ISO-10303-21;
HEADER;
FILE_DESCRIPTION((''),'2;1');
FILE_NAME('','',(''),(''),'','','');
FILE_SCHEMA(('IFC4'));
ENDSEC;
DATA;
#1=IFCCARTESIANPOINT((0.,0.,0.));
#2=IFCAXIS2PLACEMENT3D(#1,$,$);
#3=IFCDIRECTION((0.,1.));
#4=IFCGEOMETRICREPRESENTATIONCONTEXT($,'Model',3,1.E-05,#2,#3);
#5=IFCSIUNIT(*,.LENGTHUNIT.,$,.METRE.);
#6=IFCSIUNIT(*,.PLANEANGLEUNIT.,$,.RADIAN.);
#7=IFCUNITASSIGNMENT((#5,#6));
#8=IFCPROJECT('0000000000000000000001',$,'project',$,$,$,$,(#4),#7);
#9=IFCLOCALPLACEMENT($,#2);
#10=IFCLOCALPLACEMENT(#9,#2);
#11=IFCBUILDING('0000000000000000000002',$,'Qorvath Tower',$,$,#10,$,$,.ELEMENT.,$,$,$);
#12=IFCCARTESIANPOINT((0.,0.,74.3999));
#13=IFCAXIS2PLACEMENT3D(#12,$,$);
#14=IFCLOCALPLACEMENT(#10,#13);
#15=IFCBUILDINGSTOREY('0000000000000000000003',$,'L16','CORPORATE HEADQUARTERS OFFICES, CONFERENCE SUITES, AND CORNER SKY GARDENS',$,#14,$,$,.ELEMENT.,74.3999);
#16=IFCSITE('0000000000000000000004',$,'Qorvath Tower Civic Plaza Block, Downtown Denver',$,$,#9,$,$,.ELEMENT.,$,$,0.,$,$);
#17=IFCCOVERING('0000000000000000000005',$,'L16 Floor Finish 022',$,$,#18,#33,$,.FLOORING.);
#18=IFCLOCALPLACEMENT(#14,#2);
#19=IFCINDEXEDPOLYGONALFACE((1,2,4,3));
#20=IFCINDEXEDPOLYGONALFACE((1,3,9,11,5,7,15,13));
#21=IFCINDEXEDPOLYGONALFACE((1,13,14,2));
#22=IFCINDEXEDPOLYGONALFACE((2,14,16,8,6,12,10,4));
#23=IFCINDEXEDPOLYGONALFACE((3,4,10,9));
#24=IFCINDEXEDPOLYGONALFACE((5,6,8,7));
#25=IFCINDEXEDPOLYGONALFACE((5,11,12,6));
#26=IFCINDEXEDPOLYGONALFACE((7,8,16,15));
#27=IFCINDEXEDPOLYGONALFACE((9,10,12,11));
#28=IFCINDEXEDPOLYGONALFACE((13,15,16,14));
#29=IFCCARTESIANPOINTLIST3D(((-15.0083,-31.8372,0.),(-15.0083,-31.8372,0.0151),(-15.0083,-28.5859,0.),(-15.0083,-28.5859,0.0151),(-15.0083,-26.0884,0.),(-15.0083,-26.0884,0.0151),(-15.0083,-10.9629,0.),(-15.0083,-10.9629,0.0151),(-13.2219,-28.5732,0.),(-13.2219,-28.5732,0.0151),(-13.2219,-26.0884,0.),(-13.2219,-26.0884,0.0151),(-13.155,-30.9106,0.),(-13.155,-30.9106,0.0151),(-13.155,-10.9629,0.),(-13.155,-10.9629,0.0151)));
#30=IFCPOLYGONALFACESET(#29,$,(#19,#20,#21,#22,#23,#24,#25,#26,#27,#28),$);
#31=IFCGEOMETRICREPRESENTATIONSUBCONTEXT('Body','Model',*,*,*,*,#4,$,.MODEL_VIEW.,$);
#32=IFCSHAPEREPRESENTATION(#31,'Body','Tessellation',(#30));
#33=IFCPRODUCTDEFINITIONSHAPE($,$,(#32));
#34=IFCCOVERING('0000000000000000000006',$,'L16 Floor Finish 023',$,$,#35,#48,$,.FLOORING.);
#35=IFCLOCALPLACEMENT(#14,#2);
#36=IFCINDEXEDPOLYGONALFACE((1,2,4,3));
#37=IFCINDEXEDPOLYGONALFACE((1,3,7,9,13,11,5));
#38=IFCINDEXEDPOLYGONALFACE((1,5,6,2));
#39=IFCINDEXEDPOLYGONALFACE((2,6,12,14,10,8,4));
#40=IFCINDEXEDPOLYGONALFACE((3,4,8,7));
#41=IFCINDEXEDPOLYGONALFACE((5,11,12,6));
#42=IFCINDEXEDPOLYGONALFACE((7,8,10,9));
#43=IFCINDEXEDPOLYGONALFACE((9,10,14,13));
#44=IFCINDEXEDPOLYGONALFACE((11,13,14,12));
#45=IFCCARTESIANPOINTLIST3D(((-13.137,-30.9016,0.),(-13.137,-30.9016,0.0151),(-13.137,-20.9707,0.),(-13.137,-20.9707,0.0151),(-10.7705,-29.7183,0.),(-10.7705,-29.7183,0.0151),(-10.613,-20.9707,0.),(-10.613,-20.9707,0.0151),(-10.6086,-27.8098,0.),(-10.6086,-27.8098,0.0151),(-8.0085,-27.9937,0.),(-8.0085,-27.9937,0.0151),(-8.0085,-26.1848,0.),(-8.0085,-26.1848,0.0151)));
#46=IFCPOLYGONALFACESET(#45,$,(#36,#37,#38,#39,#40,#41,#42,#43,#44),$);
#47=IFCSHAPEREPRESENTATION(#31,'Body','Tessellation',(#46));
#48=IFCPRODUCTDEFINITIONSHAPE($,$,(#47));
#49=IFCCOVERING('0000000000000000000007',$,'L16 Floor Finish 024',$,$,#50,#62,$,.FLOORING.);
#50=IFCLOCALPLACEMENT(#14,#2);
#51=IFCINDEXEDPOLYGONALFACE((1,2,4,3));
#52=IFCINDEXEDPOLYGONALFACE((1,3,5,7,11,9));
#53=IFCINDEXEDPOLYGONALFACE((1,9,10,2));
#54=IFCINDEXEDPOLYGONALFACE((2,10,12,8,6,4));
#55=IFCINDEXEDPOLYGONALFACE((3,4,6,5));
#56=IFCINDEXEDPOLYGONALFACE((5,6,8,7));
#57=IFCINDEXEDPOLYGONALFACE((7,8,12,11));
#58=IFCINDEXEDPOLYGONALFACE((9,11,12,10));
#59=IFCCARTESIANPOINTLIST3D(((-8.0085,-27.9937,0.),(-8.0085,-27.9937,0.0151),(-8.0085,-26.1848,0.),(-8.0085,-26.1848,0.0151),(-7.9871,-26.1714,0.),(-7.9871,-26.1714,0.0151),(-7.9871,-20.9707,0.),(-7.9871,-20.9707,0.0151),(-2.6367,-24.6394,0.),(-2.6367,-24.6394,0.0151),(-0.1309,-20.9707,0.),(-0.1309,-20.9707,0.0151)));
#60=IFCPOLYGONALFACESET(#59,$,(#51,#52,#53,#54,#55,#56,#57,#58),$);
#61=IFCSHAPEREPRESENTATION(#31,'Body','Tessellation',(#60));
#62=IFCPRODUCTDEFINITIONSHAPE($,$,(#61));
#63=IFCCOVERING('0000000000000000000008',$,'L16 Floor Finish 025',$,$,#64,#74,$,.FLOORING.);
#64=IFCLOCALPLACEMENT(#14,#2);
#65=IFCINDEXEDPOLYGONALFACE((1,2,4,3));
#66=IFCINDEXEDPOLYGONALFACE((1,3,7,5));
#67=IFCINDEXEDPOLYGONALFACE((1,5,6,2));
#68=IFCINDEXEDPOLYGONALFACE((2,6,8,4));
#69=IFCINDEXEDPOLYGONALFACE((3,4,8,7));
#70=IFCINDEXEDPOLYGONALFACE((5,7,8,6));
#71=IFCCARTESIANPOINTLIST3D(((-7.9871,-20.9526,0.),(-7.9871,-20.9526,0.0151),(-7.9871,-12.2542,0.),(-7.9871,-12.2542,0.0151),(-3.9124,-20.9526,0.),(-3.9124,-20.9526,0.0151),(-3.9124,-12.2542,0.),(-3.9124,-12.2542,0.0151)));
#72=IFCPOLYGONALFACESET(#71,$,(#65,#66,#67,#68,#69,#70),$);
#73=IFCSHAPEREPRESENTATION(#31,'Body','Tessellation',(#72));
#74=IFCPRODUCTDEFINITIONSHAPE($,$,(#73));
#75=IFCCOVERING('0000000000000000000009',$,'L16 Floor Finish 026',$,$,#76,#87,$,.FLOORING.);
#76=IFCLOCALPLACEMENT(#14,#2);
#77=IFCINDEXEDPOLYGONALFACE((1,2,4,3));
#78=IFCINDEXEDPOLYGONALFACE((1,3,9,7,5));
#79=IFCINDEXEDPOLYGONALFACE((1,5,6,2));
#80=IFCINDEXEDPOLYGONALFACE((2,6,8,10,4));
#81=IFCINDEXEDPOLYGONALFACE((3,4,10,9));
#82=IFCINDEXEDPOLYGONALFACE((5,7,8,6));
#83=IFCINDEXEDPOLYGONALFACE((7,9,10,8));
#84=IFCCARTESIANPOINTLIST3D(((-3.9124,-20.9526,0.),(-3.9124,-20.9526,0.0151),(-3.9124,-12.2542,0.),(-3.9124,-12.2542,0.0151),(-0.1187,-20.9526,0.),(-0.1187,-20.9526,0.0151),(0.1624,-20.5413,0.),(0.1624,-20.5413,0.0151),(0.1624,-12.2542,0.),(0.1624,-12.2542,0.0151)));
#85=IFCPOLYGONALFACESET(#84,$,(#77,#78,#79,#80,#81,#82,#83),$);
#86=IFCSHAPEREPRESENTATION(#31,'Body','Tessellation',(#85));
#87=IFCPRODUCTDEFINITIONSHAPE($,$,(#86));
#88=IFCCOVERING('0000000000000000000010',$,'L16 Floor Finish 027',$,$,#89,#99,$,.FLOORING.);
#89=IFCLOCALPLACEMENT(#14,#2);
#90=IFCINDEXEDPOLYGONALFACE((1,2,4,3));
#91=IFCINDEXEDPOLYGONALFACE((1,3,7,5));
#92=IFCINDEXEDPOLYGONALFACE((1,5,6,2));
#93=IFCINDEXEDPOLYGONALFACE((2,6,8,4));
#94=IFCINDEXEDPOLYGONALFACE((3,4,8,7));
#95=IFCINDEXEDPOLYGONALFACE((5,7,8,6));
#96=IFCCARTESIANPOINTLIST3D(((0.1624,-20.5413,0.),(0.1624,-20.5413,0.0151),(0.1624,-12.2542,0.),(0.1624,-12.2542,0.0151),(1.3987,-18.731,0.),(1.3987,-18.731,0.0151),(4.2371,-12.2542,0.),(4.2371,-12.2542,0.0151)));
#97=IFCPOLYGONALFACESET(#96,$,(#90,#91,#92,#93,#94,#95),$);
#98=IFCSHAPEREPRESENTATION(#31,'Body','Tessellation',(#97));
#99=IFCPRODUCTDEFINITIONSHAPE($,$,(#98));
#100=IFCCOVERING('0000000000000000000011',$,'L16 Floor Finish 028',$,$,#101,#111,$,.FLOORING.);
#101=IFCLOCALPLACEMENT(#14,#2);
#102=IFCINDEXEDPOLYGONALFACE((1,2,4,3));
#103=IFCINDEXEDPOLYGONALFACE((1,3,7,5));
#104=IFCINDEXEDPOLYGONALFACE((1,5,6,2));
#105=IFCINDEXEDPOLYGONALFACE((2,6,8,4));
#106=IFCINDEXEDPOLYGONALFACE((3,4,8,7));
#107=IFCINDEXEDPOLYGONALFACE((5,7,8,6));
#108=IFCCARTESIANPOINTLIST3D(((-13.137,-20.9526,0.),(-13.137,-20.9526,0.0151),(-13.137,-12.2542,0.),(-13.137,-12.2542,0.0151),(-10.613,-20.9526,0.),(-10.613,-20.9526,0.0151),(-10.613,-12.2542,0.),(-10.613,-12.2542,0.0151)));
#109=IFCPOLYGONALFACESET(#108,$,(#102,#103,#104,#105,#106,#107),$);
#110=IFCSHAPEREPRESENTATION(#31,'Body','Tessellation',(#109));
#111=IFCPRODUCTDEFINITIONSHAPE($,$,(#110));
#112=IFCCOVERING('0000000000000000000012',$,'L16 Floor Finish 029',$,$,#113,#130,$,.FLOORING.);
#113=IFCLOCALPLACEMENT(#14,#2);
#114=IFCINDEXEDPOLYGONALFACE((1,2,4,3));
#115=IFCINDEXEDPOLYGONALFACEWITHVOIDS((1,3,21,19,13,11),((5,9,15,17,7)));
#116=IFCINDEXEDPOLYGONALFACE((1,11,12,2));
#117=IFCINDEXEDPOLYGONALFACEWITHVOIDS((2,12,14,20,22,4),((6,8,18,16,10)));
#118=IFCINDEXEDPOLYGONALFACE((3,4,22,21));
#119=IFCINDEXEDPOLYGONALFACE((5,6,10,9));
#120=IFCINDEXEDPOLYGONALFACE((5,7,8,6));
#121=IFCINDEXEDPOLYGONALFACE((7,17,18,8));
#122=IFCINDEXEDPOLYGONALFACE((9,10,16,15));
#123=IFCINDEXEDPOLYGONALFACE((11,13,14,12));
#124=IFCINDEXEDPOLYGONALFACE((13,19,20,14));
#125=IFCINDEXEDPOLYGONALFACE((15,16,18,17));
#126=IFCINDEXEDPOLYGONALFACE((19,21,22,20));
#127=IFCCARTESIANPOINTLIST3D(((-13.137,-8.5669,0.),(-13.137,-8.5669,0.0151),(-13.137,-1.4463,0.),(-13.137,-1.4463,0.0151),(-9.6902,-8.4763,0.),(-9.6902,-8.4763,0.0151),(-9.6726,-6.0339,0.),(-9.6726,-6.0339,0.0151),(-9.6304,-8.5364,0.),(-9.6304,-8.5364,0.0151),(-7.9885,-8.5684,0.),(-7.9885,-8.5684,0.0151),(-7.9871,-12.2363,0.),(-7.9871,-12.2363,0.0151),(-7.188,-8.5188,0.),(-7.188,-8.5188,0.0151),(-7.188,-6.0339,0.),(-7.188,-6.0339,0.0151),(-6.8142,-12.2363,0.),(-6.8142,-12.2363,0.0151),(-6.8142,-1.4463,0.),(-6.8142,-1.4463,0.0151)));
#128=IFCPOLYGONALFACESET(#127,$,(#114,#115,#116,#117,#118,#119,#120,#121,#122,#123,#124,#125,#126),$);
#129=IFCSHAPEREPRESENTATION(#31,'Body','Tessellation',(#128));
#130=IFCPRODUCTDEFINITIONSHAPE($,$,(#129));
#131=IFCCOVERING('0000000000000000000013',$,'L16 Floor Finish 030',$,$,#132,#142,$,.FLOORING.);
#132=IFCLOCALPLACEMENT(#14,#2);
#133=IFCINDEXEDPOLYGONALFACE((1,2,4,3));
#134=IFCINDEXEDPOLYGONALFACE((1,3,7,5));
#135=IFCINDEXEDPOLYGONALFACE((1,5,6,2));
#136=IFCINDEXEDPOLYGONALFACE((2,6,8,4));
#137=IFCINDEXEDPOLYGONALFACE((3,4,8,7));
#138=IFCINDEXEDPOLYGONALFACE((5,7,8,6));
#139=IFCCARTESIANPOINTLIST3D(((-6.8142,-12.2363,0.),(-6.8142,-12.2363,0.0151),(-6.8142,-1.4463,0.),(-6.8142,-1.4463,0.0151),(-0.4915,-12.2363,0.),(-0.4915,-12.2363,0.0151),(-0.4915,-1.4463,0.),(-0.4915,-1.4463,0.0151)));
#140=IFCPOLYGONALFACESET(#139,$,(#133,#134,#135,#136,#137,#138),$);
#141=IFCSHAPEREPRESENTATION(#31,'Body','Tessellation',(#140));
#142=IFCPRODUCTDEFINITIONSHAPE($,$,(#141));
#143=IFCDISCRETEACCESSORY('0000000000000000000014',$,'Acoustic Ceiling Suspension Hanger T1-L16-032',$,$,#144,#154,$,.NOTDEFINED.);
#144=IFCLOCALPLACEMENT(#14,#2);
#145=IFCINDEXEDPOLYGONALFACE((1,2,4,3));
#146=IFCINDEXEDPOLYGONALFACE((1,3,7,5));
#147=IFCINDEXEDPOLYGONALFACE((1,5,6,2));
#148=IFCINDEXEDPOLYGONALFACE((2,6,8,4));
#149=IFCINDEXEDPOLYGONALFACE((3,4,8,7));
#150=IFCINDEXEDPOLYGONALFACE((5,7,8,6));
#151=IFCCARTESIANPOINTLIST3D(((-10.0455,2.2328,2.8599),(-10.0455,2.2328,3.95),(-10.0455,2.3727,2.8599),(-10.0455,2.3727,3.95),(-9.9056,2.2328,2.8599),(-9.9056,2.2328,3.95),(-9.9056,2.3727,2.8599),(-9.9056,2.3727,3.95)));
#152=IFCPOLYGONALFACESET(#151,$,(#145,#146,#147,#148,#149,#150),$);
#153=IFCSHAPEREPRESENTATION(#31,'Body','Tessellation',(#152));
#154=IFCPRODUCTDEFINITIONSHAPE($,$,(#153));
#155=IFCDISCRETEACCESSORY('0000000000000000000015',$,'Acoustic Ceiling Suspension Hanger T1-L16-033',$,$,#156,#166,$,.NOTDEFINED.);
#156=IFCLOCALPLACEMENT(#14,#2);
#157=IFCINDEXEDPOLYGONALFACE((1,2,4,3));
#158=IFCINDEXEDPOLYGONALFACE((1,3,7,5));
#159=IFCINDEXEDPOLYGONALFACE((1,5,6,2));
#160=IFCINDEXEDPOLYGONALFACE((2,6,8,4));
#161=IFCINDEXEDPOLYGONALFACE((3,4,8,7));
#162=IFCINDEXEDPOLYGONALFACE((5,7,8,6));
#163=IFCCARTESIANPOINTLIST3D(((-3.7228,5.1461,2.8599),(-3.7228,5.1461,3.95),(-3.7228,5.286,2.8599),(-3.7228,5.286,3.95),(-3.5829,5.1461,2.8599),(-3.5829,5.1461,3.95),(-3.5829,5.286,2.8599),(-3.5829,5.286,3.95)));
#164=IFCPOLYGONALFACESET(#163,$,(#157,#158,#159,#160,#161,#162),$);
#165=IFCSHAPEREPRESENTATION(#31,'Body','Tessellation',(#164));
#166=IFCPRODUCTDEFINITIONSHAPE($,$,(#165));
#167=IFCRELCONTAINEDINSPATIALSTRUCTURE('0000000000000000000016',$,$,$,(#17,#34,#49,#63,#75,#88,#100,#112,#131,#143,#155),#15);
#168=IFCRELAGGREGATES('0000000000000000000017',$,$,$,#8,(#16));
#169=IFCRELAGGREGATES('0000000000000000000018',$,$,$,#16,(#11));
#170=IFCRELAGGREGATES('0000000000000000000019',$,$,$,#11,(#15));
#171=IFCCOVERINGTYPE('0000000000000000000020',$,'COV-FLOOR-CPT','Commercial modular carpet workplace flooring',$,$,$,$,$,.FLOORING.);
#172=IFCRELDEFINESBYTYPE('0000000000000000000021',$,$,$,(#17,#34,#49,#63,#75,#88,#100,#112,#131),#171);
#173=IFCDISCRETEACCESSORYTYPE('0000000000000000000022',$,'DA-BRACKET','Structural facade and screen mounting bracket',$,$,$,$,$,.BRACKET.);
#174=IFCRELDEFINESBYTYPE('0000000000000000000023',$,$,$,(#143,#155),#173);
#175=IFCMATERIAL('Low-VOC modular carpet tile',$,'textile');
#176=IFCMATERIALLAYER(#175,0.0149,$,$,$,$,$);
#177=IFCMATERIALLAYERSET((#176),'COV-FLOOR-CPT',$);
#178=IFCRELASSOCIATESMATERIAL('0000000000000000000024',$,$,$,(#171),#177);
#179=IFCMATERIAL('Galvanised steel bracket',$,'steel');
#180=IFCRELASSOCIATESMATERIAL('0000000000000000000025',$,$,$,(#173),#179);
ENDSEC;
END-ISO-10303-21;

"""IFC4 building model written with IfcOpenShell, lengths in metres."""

from ifc_helpers import new_model, si_unit, direction, frame, origin, origin_2d, place, context, subcontext, project, spatial, polyline, rectangle, outline, extrude, material, layer, layer_set, type_object, element, save


model = new_model("IFC4")

# Units and contexts
model_context = context("Model", 3, precision=1e-05, world=origin(), true_north=direction((0.0, 1.0)))
body_context = subcontext(model_context, "Body", "Model", "MODEL_VIEW")
ifc_project = project(units=[si_unit("LENGTHUNIT", "METRE"), si_unit("PLANEANGLEUNIT", "RADIAN")], contexts=[model_context])

# Site, building, storey
site_placement = place(None, origin())
site = spatial("IfcSite", under=ifc_project, at=site_placement, Name="Qorvath Tower Civic Plaza Block, Downtown Denver", CompositionType="ELEMENT", RefElevation=0.0)
building_placement = place(site_placement, origin())
building = spatial("IfcBuilding", under=site, at=building_placement, Name="Qorvath Tower", CompositionType="ELEMENT")
storey_placement = place(building_placement, frame((0.0, 0.0, 74.3999)))
storey = spatial("IfcBuildingStorey", under=building, at=storey_placement, Name="L16", Description="CORPORATE HEADQUARTERS OFFICES, CONFERENCE SUITES, AND CORNER SKY GARDENS", CompositionType="ELEMENT", Elevation=74.3999)

# Coverings
ifc_material_1 = material(Name="Low-VOC modular carpet tile", Category="textile")
ifc_layer_1 = layer(ifc_material_1, 0.0149)
ifc_layer_set_1 = layer_set([ifc_layer_1], Name="COV-FLOOR-CPT")
covering_type_1 = type_object("IfcCoveringType", Name="COV-FLOOR-CPT", Description="Commercial modular carpet workplace flooring", PredefinedType="FLOORING", material=ifc_layer_set_1)
covering_1_placement = place(storey_placement, origin())
element("IfcCovering", 1, at=covering_1_placement, inside=storey, type_object=covering_type_1, Name="L16 Floor Finish 022", PredefinedType="FLOORING", context=body_context, shape_type="SweptSolid", body=[
    extrude(outline(polyline([(-13.155, -30.9106), (-13.155, -10.9629), (-15.0083, -10.9629), (-15.0083, -26.0884), (-13.2219, -26.0884), (-13.2219, -28.5732), (-15.0083, -28.5859), (-15.0083, -31.8372), (-13.155, -30.9106)])), origin(), (0.0, 0.0, 1.0), 0.0151),
])
covering_2_placement = place(storey_placement, origin())
element("IfcCovering", 2, at=covering_2_placement, inside=storey, type_object=covering_type_1, Name="L16 Floor Finish 023", PredefinedType="FLOORING", context=body_context, shape_type="SweptSolid", body=[
    extrude(outline(polyline([(-13.137, -20.9707), (-13.137, -30.9016), (-10.7705, -29.7183), (-8.0085, -27.9937), (-8.0085, -26.1848), (-10.6086, -27.8098), (-10.613, -20.9707), (-13.137, -20.9707)])), origin(), (0.0, 0.0, 1.0), 0.0151),
])
covering_3_placement = place(storey_placement, origin())
element("IfcCovering", 3, at=covering_3_placement, inside=storey, type_object=covering_type_1, Name="L16 Floor Finish 024", PredefinedType="FLOORING", context=body_context, shape_type="SweptSolid", body=[
    extrude(outline(polyline([(-8.0085, -26.1848), (-8.0085, -27.9937), (-2.6367, -24.6394), (-0.1309, -20.9707), (-7.9871, -20.9707), (-7.9871, -26.1714), (-8.0085, -26.1848)])), origin(), (0.0, 0.0, 1.0), 0.0151),
])
covering_4_placement = place(storey_placement, origin())
element("IfcCovering", 4, at=covering_4_placement, inside=storey, type_object=covering_type_1, Name="L16 Floor Finish 025", PredefinedType="FLOORING", context=body_context, shape_type="SweptSolid", body=[
    extrude(outline(polyline([(-7.9871, -12.2542), (-7.9871, -20.9526), (-3.9124, -20.9526), (-3.9124, -12.2542), (-7.9871, -12.2542)])), origin(), (0.0, 0.0, 1.0), 0.0151),
])
covering_5_placement = place(storey_placement, origin())
element("IfcCovering", 5, at=covering_5_placement, inside=storey, type_object=covering_type_1, Name="L16 Floor Finish 026", PredefinedType="FLOORING", context=body_context, shape_type="SweptSolid", body=[
    extrude(outline(polyline([(-3.9124, -12.2542), (-3.9124, -20.9526), (-0.1187, -20.9526), (0.1624, -20.5413), (0.1624, -12.2542), (-3.9124, -12.2542)])), origin(), (0.0, 0.0, 1.0), 0.0151),
])
covering_6_placement = place(storey_placement, origin())
element("IfcCovering", 6, at=covering_6_placement, inside=storey, type_object=covering_type_1, Name="L16 Floor Finish 027", PredefinedType="FLOORING", context=body_context, shape_type="SweptSolid", body=[
    extrude(outline(polyline([(0.1624, -12.2542), (0.1624, -20.5413), (1.3987, -18.731), (4.2371, -12.2542), (0.1624, -12.2542)])), origin(), (0.0, 0.0, 1.0), 0.0151),
])
covering_7_placement = place(storey_placement, origin())
element("IfcCovering", 7, at=covering_7_placement, inside=storey, type_object=covering_type_1, Name="L16 Floor Finish 028", PredefinedType="FLOORING", context=body_context, shape_type="SweptSolid", body=[
    extrude(outline(polyline([(-10.613, -20.9526), (-10.613, -12.2542), (-13.137, -12.2542), (-13.137, -20.9526), (-10.613, -20.9526)])), origin(), (0.0, 0.0, 1.0), 0.0151),
])
covering_8_placement = place(storey_placement, origin())
element("IfcCovering", 8, at=covering_8_placement, inside=storey, type_object=covering_type_1, Name="L16 Floor Finish 029", PredefinedType="FLOORING", context=body_context, shape_type="SweptSolid", body=[
    extrude(outline(polyline([(-6.8142, -12.2363), (-6.8142, -1.4463), (-13.137, -1.4463), (-13.137, -8.5669), (-7.9885, -8.5684), (-7.9871, -12.2363), (-6.8142, -12.2363)]), holes=[polyline([(-9.6902, -8.4763), (-9.6726, -6.0339), (-7.188, -6.0339), (-7.188, -8.5188), (-9.6304, -8.5364), (-9.6902, -8.4763)])]), origin(), (0.0, 0.0, 1.0), 0.0151),
])
covering_9_placement = place(storey_placement, origin())
element("IfcCovering", 9, at=covering_9_placement, inside=storey, type_object=covering_type_1, Name="L16 Floor Finish 030", PredefinedType="FLOORING", context=body_context, shape_type="SweptSolid", body=[
    extrude(outline(polyline([(-0.4915, -12.2363), (-0.4915, -1.4463), (-6.8142, -1.4463), (-6.8142, -12.2363), (-0.4915, -12.2363)])), origin(), (0.0, 0.0, 1.0), 0.0151),
])

# Discrete accessories
ifc_material_2 = material(Name="Galvanised steel bracket", Category="steel")
discrete_accessory_type = type_object("IfcDiscreteAccessoryType", Name="DA-BRACKET", Description="Structural facade and screen mounting bracket", PredefinedType="BRACKET", material=ifc_material_2)
for number, where, z_axis, x_axis, name in (
    (10, (-9.9756, 2.3027, 2.8599), (0.0, 0.0, 1.0), (1.0, 0.0, 0.0), "Acoustic Ceiling Suspension Hanger T1-L16-032"),
    (11, (-3.6528, 5.2161, 2.8599), (0.0, 0.0, 1.0), (1.0, 0.0, 0.0), "Acoustic Ceiling Suspension Hanger T1-L16-033"),
):
    element("IfcDiscreteAccessory", number, at=place(storey_placement, frame(where, z_axis=z_axis, x_axis=x_axis)), inside=storey, type_object=discrete_accessory_type, Name=name, PredefinedType="NOTDEFINED", context=body_context, shape_type="SweptSolid", body=[
        extrude(rectangle(XDim=0.1399, YDim=0.1399, at=origin_2d()), origin(), (0.0, 0.0, 1.0), 1.0901),
    ])

save(model, "model.ifc")
